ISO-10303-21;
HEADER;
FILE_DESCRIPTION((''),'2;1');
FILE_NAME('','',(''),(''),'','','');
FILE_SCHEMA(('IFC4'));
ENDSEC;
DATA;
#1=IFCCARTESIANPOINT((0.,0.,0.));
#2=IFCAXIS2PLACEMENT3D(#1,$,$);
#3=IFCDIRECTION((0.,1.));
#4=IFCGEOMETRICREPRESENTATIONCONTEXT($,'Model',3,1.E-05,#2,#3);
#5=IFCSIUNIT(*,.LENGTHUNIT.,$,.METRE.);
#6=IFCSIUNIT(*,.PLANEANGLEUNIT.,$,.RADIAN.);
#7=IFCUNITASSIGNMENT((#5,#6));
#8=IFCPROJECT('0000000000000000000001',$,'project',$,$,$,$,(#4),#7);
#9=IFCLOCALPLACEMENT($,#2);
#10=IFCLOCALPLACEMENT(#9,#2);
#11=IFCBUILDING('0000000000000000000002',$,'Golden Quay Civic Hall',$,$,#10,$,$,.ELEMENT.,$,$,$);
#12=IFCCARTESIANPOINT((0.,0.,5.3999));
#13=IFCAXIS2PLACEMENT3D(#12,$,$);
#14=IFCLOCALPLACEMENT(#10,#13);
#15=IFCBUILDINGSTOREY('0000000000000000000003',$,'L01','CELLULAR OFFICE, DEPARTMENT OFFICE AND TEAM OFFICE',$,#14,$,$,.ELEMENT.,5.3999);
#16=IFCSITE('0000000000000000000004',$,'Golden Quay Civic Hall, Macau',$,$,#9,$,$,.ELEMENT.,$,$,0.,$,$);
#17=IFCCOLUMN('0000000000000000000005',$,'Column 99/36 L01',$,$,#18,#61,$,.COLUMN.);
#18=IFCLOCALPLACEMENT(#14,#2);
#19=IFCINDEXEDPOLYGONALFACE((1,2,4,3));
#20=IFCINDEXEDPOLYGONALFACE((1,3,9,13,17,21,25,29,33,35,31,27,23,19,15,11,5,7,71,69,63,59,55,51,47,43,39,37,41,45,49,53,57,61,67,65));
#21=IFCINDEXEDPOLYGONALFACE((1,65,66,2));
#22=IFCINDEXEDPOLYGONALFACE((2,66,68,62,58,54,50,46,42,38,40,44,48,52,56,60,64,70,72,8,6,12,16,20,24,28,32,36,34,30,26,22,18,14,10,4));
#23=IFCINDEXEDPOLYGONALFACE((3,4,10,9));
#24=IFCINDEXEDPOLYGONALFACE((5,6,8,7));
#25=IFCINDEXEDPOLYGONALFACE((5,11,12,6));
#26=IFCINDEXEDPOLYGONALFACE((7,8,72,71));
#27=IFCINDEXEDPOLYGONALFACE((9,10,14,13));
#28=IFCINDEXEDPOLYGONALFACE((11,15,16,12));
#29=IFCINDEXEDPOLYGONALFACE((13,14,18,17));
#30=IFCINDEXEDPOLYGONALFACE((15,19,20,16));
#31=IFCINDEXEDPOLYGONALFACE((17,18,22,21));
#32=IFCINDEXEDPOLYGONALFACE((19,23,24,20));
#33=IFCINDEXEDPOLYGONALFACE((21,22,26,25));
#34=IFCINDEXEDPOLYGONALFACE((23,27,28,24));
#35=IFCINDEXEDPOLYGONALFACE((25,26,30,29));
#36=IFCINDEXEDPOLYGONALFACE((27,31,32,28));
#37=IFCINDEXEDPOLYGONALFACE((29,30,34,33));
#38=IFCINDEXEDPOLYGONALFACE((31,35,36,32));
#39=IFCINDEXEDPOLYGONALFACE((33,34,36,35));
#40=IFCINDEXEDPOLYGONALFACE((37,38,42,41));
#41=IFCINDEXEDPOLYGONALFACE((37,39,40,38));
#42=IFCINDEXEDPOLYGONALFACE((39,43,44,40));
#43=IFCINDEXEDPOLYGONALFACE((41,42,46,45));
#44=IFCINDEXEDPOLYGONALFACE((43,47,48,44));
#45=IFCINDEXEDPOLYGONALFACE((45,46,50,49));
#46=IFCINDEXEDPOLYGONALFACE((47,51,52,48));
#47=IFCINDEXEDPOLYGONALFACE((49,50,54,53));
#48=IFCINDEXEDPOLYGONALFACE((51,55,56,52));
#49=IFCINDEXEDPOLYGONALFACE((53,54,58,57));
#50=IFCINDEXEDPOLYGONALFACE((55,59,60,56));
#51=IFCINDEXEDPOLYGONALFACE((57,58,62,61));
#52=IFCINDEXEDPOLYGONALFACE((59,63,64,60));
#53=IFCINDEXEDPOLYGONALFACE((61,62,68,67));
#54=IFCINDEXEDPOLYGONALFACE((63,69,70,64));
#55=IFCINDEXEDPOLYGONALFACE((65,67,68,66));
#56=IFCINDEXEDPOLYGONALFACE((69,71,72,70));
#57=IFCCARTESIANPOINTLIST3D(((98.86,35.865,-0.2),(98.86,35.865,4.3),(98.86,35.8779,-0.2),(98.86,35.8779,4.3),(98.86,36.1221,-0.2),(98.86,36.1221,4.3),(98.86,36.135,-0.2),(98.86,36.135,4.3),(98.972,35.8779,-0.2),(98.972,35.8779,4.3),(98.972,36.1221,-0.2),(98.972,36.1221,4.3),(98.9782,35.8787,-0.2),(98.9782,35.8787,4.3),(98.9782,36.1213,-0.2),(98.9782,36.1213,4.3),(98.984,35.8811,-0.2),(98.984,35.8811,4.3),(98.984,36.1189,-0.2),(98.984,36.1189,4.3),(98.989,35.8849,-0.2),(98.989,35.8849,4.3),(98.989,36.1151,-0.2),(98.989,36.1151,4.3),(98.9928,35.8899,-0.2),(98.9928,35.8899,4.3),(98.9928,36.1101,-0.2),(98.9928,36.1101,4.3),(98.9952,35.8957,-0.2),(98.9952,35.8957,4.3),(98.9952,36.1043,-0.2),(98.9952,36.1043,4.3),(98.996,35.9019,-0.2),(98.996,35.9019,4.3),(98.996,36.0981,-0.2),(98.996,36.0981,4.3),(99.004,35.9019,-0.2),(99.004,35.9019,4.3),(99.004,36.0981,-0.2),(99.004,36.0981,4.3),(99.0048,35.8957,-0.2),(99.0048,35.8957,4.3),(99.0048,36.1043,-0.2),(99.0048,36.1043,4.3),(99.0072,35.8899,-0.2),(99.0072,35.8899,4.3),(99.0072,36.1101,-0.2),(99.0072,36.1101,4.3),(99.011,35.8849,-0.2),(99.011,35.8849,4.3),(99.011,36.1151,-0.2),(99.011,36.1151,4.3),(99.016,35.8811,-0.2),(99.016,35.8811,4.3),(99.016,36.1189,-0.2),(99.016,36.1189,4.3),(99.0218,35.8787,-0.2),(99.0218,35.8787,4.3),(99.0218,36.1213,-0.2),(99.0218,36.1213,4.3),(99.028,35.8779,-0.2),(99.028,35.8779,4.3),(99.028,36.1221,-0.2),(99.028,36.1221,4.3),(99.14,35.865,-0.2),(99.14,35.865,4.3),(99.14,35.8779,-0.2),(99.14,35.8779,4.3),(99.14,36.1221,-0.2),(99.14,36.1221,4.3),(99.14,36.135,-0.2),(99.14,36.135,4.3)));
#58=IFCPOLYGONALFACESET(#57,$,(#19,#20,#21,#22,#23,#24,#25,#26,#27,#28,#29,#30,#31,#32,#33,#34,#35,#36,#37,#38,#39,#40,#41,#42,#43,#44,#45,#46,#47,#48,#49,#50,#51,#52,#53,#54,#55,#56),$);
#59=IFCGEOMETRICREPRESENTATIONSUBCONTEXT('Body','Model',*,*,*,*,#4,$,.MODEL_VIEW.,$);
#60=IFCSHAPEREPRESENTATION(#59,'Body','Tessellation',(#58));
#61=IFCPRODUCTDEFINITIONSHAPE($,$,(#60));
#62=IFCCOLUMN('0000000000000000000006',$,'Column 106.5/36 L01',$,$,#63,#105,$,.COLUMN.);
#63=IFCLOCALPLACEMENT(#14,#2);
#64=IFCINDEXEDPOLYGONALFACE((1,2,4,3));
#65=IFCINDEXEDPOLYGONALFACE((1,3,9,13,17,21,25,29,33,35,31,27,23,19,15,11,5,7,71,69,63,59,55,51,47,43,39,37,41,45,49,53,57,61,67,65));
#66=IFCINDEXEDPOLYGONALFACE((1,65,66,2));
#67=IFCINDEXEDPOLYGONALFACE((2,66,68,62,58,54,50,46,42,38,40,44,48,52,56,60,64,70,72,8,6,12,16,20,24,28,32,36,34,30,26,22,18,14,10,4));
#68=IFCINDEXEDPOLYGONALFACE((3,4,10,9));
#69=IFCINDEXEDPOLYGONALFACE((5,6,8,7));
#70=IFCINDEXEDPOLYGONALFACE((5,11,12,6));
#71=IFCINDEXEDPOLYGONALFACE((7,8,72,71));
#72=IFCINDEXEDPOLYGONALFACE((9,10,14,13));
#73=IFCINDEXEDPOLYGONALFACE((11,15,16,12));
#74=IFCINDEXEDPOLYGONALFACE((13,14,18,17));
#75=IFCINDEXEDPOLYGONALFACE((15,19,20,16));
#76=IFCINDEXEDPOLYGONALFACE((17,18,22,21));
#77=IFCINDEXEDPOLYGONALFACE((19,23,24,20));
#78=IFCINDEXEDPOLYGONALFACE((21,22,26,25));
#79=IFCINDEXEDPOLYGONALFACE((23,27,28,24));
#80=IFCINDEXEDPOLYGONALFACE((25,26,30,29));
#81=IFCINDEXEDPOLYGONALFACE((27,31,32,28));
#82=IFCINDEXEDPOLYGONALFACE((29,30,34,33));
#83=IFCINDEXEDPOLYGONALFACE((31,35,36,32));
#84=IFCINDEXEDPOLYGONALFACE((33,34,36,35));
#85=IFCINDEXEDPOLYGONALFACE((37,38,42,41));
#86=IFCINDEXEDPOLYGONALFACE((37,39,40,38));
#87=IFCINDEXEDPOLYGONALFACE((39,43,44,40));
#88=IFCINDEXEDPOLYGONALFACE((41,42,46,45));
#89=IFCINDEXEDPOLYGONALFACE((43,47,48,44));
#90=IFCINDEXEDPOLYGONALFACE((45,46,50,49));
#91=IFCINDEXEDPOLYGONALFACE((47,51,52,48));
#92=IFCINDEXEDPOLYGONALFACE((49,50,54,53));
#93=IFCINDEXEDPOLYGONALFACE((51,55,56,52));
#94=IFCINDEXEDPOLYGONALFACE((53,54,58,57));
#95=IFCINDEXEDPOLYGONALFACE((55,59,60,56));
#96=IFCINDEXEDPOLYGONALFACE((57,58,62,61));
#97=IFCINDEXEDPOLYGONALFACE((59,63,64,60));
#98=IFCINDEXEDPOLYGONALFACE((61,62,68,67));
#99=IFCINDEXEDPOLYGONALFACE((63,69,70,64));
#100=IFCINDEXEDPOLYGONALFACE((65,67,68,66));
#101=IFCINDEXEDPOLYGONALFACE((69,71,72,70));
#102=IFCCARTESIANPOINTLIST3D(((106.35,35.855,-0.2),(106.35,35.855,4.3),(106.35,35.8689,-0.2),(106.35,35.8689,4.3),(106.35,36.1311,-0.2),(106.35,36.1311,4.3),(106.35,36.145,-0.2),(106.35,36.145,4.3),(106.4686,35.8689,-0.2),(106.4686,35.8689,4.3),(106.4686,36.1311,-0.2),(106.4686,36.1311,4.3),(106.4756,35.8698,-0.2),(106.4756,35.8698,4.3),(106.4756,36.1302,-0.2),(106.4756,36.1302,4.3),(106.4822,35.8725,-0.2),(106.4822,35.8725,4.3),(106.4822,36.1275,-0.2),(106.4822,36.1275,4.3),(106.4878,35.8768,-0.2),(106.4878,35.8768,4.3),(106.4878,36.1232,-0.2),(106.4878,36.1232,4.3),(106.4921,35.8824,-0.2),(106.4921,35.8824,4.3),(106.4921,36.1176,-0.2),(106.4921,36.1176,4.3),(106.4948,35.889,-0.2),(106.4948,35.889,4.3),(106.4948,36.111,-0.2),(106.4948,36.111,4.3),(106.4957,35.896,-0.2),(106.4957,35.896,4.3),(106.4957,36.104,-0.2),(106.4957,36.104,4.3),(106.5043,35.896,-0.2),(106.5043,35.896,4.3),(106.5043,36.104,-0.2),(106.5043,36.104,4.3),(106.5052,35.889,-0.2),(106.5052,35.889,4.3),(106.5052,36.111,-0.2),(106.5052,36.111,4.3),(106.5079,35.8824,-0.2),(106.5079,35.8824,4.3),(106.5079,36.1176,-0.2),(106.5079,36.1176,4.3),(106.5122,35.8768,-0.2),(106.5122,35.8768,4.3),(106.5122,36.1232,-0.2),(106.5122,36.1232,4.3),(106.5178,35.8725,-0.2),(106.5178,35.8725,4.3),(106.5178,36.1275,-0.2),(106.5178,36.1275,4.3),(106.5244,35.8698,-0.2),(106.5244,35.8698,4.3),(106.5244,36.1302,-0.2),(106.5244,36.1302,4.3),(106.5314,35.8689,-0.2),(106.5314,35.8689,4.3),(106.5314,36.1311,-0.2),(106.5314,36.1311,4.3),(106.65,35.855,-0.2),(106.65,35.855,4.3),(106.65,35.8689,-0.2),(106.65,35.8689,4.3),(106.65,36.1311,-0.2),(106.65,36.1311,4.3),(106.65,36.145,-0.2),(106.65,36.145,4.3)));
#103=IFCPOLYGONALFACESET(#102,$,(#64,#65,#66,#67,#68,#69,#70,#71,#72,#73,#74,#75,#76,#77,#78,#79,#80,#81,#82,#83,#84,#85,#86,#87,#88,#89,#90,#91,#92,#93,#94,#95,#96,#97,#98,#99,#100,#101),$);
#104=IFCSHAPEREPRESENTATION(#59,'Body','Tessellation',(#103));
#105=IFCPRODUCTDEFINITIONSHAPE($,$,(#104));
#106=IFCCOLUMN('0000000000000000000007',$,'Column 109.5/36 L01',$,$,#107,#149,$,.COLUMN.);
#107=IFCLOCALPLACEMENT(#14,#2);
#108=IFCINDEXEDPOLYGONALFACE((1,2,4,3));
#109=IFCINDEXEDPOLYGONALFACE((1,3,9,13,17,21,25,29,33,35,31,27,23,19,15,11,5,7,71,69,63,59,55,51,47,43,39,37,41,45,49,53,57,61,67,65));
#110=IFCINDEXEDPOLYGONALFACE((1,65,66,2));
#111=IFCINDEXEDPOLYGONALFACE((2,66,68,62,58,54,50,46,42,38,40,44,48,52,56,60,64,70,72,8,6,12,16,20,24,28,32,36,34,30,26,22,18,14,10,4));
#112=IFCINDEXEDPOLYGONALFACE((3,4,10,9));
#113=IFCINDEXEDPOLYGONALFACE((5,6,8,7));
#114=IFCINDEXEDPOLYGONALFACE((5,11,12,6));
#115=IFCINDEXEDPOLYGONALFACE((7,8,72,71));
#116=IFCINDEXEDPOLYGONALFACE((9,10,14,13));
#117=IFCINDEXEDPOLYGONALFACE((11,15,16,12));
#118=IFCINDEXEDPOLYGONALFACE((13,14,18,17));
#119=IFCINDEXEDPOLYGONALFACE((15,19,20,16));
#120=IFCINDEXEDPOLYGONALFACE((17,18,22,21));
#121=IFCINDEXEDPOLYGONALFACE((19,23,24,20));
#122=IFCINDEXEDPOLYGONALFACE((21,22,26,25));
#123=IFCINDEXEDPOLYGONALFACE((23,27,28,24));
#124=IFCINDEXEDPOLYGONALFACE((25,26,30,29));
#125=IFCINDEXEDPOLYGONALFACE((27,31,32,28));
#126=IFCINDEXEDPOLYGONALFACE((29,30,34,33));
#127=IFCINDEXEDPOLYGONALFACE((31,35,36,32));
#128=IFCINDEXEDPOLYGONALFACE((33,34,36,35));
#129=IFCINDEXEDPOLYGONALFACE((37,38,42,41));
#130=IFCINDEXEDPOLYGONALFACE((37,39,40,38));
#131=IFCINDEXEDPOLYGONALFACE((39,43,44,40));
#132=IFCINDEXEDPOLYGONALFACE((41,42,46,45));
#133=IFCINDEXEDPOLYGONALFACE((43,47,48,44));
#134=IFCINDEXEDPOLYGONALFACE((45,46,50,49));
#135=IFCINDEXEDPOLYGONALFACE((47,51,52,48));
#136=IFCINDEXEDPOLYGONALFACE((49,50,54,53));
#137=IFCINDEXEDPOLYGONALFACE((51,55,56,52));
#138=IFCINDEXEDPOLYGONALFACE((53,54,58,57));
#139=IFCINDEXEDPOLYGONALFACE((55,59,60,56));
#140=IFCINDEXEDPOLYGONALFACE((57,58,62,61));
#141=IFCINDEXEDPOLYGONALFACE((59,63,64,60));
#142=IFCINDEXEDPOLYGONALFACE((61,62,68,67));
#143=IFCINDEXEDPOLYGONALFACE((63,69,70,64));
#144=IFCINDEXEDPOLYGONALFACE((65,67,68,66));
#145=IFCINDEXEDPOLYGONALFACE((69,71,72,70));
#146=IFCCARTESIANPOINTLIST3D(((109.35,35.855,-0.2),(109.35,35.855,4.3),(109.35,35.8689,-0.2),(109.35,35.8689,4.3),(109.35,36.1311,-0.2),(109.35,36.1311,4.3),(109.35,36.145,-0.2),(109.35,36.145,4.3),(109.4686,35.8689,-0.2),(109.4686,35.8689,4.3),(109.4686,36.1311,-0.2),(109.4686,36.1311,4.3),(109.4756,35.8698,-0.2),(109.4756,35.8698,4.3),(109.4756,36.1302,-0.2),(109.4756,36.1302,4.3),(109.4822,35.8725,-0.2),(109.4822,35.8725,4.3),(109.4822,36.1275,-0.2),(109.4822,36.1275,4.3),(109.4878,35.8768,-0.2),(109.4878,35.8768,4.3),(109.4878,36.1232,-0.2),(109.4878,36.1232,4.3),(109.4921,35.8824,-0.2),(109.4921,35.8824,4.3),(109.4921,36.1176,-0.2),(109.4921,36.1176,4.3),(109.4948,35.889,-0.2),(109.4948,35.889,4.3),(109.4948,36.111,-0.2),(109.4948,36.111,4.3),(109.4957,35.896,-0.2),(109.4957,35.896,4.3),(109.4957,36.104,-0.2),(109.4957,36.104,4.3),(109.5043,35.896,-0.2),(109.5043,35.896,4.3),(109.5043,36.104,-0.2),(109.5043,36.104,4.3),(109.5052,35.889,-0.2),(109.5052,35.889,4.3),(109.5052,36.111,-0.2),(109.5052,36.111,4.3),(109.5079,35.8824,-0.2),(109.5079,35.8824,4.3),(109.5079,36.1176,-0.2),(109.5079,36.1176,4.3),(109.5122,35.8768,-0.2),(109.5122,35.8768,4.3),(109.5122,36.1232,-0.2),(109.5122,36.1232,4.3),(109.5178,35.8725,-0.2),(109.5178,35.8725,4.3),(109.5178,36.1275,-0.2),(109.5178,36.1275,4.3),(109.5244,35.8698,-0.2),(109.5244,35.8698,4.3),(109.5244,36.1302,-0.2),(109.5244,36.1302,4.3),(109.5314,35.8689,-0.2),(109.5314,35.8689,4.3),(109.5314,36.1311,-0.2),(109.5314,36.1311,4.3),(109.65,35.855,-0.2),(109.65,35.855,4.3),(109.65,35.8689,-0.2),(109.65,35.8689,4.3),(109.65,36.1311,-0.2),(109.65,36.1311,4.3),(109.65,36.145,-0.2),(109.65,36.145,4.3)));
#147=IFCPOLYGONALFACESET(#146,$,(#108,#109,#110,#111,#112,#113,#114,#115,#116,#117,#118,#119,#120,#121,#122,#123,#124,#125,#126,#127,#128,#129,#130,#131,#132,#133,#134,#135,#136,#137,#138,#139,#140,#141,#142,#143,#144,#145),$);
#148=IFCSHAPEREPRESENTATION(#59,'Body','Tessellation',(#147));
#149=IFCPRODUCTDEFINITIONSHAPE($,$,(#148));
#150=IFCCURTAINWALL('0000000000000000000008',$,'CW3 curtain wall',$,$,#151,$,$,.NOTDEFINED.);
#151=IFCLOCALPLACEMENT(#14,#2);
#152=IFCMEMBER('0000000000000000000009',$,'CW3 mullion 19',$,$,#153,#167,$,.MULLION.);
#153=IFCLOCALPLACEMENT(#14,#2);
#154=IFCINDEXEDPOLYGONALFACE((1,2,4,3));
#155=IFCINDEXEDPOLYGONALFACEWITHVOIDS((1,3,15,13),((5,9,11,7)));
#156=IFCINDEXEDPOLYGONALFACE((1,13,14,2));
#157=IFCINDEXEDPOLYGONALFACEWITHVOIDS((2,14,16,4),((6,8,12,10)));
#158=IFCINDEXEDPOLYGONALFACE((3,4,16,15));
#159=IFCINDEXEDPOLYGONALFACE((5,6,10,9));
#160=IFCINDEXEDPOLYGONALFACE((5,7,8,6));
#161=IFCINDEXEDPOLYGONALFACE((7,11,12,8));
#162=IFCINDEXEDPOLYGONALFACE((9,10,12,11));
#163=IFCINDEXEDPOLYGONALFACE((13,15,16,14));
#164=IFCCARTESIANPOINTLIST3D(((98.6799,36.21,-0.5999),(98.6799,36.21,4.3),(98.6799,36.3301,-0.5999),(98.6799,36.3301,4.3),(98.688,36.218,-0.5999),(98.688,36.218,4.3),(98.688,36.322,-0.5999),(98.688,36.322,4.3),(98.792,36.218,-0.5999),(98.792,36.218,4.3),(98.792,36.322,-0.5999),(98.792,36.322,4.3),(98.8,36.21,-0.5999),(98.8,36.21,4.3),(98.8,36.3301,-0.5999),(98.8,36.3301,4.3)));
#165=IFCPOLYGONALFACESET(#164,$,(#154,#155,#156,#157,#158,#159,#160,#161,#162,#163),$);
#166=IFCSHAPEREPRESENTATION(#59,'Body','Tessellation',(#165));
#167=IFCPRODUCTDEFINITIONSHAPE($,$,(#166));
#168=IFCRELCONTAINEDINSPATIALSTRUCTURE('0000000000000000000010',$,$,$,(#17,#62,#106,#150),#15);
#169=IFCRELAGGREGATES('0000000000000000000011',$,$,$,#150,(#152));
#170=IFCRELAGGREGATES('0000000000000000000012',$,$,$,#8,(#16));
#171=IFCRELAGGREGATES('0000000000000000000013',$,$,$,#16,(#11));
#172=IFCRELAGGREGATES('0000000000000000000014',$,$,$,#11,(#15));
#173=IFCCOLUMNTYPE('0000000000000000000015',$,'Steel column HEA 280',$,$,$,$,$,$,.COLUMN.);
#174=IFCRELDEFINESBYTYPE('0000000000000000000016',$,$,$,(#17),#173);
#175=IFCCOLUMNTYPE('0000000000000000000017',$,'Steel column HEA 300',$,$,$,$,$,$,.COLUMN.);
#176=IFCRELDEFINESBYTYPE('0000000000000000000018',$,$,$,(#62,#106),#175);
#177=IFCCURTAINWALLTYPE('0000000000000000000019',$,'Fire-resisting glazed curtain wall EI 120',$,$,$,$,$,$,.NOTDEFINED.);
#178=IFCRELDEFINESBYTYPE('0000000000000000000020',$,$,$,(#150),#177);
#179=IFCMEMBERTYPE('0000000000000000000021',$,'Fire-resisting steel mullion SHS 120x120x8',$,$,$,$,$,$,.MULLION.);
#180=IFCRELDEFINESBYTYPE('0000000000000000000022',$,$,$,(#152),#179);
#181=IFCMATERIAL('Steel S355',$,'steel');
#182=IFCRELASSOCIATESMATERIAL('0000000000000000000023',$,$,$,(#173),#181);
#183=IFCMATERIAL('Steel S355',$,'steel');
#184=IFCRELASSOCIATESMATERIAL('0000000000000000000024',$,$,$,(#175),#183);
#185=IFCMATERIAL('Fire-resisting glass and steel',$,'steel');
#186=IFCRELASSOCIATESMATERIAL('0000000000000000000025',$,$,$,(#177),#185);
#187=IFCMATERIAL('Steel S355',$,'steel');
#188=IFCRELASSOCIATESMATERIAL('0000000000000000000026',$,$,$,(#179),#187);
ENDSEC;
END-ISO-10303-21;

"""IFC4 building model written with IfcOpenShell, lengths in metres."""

from ifc_helpers import new_model, si_unit, direction, frame, origin, origin_2d, place, context, subcontext, project, spatial, hollow_rectangle, i_section, extrude, material, material_profile, profile_set, type_object, element, aggregate, save


model = new_model("IFC4")

# Units and contexts
model_context = context("Model", 3, precision=1e-05, world=origin(), true_north=direction((0.0, 1.0)))
body_context = subcontext(model_context, "Body", "Model", "MODEL_VIEW")
ifc_project = project(units=[si_unit("LENGTHUNIT", "METRE"), si_unit("PLANEANGLEUNIT", "RADIAN")], contexts=[model_context])

# Site, building, storey
site_placement = place(None, origin())
site = spatial("IfcSite", under=ifc_project, at=site_placement, Name="Golden Quay Civic Hall, Macau", CompositionType="ELEMENT", RefElevation=0.0)
building_placement = place(site_placement, origin())
building = spatial("IfcBuilding", under=site, at=building_placement, Name="Golden Quay Civic Hall", CompositionType="ELEMENT")
storey_placement = place(building_placement, frame((0.0, 0.0, 5.3999)))
storey = spatial("IfcBuildingStorey", under=building, at=storey_placement, Name="L01", Description="CELLULAR OFFICE, DEPARTMENT OFFICE AND TEAM OFFICE", CompositionType="ELEMENT", Elevation=5.3999)

# Columns
ifc_material_1 = material(Name="Steel S355", Category="steel")
ifc_material_profile_1 = material_profile(ifc_material_1, i_section(OverallWidth=0.28, OverallDepth=0.27, WebThickness=0.0081, FlangeThickness=0.0129, FilletRadius=0.0239, at=origin_2d()), Name="HEA 280")
ifc_profile_set_1 = profile_set([ifc_material_profile_1], Name="Steel S355")
column_type_1 = type_object("IfcColumnType", Name="Steel column HEA 280", PredefinedType="COLUMN", material=ifc_profile_set_1)
column_placement = place(storey_placement, frame((99.0, 36.0, -0.2), z_axis=(0.0, 0.0, 1.0), x_axis=(1.0, 0.0, 0.0)))
element("IfcColumn", 1, at=column_placement, inside=storey, type_object=column_type_1, Name="Column 99/36 L01", PredefinedType="COLUMN", context=body_context, shape_type="SweptSolid", body=[
    extrude(i_section(OverallWidth=0.28, OverallDepth=0.27, WebThickness=0.0081, FlangeThickness=0.0129, FilletRadius=0.0239, at=origin_2d()), origin(), (0.0, 0.0, 1.0), 4.5),
])
ifc_material_2 = material(Name="Steel S355", Category="steel")
ifc_material_profile_2 = material_profile(ifc_material_2, i_section(OverallWidth=0.3, OverallDepth=0.29, WebThickness=0.0085, FlangeThickness=0.0139, FilletRadius=0.0271, at=origin_2d()), Name="HEA 300")
ifc_profile_set_2 = profile_set([ifc_material_profile_2], Name="Steel S355")
column_type_2 = type_object("IfcColumnType", Name="Steel column HEA 300", PredefinedType="COLUMN", material=ifc_profile_set_2)
for number, where, z_axis, x_axis, name in (
    (2, (106.5, 36.0, -0.2), (0.0, 0.0, 1.0), (1.0, 0.0, 0.0), "Column 106.5/36 L01"),
    (3, (109.5, 36.0, -0.2), (0.0, 0.0, 1.0), (1.0, 0.0, 0.0), "Column 109.5/36 L01"),
):
    element("IfcColumn", number, at=place(storey_placement, frame(where, z_axis=z_axis, x_axis=x_axis)), inside=storey, type_object=column_type_2, Name=name, PredefinedType="COLUMN", context=body_context, shape_type="SweptSolid", body=[
        extrude(i_section(OverallWidth=0.3, OverallDepth=0.29, WebThickness=0.0085, FlangeThickness=0.0139, FilletRadius=0.0271, at=origin_2d()), origin(), (0.0, 0.0, 1.0), 4.5),
    ])

# Curtain wall, member
ifc_material_3 = material(Name="Fire-resisting glass and steel", Category="steel")
curtain_wall_type = type_object("IfcCurtainWallType", Name="Fire-resisting glazed curtain wall EI 120", PredefinedType="NOTDEFINED", material=ifc_material_3)
curtain_wall_placement = place(storey_placement, origin())
curtain_wall = element("IfcCurtainWall", 4, at=curtain_wall_placement, inside=storey, type_object=curtain_wall_type, Name="CW3 curtain wall", PredefinedType="NOTDEFINED")
ifc_material_4 = material(Name="Steel S355", Category="steel")
ifc_material_profile_3 = material_profile(ifc_material_4, hollow_rectangle(XDim=0.1201, YDim=0.1201, WallThickness=0.0081, at=origin_2d()), Name="SHS 120x120x8")
ifc_profile_set_3 = profile_set([ifc_material_profile_3], Name="Steel S355")
member_type = type_object("IfcMemberType", Name="Fire-resisting steel mullion SHS 120x120x8", PredefinedType="MULLION", material=ifc_profile_set_3)
member_placement = place(storey_placement, frame((98.74, 36.27, -0.5999), z_axis=(0.0, 0.0, 1.0), x_axis=(0.0, 1.0, 0.0)))
member = element("IfcMember", 5, at=member_placement, type_object=member_type, Name="CW3 mullion 19", PredefinedType="MULLION", context=body_context, shape_type="SweptSolid", body=[
    extrude(hollow_rectangle(XDim=0.1201, YDim=0.1201, WallThickness=0.0081, at=origin_2d()), origin(), (0.0, 0.0, 1.0), 4.8999),
])

aggregate(curtain_wall, [member])

save(model, "model.ifc")
